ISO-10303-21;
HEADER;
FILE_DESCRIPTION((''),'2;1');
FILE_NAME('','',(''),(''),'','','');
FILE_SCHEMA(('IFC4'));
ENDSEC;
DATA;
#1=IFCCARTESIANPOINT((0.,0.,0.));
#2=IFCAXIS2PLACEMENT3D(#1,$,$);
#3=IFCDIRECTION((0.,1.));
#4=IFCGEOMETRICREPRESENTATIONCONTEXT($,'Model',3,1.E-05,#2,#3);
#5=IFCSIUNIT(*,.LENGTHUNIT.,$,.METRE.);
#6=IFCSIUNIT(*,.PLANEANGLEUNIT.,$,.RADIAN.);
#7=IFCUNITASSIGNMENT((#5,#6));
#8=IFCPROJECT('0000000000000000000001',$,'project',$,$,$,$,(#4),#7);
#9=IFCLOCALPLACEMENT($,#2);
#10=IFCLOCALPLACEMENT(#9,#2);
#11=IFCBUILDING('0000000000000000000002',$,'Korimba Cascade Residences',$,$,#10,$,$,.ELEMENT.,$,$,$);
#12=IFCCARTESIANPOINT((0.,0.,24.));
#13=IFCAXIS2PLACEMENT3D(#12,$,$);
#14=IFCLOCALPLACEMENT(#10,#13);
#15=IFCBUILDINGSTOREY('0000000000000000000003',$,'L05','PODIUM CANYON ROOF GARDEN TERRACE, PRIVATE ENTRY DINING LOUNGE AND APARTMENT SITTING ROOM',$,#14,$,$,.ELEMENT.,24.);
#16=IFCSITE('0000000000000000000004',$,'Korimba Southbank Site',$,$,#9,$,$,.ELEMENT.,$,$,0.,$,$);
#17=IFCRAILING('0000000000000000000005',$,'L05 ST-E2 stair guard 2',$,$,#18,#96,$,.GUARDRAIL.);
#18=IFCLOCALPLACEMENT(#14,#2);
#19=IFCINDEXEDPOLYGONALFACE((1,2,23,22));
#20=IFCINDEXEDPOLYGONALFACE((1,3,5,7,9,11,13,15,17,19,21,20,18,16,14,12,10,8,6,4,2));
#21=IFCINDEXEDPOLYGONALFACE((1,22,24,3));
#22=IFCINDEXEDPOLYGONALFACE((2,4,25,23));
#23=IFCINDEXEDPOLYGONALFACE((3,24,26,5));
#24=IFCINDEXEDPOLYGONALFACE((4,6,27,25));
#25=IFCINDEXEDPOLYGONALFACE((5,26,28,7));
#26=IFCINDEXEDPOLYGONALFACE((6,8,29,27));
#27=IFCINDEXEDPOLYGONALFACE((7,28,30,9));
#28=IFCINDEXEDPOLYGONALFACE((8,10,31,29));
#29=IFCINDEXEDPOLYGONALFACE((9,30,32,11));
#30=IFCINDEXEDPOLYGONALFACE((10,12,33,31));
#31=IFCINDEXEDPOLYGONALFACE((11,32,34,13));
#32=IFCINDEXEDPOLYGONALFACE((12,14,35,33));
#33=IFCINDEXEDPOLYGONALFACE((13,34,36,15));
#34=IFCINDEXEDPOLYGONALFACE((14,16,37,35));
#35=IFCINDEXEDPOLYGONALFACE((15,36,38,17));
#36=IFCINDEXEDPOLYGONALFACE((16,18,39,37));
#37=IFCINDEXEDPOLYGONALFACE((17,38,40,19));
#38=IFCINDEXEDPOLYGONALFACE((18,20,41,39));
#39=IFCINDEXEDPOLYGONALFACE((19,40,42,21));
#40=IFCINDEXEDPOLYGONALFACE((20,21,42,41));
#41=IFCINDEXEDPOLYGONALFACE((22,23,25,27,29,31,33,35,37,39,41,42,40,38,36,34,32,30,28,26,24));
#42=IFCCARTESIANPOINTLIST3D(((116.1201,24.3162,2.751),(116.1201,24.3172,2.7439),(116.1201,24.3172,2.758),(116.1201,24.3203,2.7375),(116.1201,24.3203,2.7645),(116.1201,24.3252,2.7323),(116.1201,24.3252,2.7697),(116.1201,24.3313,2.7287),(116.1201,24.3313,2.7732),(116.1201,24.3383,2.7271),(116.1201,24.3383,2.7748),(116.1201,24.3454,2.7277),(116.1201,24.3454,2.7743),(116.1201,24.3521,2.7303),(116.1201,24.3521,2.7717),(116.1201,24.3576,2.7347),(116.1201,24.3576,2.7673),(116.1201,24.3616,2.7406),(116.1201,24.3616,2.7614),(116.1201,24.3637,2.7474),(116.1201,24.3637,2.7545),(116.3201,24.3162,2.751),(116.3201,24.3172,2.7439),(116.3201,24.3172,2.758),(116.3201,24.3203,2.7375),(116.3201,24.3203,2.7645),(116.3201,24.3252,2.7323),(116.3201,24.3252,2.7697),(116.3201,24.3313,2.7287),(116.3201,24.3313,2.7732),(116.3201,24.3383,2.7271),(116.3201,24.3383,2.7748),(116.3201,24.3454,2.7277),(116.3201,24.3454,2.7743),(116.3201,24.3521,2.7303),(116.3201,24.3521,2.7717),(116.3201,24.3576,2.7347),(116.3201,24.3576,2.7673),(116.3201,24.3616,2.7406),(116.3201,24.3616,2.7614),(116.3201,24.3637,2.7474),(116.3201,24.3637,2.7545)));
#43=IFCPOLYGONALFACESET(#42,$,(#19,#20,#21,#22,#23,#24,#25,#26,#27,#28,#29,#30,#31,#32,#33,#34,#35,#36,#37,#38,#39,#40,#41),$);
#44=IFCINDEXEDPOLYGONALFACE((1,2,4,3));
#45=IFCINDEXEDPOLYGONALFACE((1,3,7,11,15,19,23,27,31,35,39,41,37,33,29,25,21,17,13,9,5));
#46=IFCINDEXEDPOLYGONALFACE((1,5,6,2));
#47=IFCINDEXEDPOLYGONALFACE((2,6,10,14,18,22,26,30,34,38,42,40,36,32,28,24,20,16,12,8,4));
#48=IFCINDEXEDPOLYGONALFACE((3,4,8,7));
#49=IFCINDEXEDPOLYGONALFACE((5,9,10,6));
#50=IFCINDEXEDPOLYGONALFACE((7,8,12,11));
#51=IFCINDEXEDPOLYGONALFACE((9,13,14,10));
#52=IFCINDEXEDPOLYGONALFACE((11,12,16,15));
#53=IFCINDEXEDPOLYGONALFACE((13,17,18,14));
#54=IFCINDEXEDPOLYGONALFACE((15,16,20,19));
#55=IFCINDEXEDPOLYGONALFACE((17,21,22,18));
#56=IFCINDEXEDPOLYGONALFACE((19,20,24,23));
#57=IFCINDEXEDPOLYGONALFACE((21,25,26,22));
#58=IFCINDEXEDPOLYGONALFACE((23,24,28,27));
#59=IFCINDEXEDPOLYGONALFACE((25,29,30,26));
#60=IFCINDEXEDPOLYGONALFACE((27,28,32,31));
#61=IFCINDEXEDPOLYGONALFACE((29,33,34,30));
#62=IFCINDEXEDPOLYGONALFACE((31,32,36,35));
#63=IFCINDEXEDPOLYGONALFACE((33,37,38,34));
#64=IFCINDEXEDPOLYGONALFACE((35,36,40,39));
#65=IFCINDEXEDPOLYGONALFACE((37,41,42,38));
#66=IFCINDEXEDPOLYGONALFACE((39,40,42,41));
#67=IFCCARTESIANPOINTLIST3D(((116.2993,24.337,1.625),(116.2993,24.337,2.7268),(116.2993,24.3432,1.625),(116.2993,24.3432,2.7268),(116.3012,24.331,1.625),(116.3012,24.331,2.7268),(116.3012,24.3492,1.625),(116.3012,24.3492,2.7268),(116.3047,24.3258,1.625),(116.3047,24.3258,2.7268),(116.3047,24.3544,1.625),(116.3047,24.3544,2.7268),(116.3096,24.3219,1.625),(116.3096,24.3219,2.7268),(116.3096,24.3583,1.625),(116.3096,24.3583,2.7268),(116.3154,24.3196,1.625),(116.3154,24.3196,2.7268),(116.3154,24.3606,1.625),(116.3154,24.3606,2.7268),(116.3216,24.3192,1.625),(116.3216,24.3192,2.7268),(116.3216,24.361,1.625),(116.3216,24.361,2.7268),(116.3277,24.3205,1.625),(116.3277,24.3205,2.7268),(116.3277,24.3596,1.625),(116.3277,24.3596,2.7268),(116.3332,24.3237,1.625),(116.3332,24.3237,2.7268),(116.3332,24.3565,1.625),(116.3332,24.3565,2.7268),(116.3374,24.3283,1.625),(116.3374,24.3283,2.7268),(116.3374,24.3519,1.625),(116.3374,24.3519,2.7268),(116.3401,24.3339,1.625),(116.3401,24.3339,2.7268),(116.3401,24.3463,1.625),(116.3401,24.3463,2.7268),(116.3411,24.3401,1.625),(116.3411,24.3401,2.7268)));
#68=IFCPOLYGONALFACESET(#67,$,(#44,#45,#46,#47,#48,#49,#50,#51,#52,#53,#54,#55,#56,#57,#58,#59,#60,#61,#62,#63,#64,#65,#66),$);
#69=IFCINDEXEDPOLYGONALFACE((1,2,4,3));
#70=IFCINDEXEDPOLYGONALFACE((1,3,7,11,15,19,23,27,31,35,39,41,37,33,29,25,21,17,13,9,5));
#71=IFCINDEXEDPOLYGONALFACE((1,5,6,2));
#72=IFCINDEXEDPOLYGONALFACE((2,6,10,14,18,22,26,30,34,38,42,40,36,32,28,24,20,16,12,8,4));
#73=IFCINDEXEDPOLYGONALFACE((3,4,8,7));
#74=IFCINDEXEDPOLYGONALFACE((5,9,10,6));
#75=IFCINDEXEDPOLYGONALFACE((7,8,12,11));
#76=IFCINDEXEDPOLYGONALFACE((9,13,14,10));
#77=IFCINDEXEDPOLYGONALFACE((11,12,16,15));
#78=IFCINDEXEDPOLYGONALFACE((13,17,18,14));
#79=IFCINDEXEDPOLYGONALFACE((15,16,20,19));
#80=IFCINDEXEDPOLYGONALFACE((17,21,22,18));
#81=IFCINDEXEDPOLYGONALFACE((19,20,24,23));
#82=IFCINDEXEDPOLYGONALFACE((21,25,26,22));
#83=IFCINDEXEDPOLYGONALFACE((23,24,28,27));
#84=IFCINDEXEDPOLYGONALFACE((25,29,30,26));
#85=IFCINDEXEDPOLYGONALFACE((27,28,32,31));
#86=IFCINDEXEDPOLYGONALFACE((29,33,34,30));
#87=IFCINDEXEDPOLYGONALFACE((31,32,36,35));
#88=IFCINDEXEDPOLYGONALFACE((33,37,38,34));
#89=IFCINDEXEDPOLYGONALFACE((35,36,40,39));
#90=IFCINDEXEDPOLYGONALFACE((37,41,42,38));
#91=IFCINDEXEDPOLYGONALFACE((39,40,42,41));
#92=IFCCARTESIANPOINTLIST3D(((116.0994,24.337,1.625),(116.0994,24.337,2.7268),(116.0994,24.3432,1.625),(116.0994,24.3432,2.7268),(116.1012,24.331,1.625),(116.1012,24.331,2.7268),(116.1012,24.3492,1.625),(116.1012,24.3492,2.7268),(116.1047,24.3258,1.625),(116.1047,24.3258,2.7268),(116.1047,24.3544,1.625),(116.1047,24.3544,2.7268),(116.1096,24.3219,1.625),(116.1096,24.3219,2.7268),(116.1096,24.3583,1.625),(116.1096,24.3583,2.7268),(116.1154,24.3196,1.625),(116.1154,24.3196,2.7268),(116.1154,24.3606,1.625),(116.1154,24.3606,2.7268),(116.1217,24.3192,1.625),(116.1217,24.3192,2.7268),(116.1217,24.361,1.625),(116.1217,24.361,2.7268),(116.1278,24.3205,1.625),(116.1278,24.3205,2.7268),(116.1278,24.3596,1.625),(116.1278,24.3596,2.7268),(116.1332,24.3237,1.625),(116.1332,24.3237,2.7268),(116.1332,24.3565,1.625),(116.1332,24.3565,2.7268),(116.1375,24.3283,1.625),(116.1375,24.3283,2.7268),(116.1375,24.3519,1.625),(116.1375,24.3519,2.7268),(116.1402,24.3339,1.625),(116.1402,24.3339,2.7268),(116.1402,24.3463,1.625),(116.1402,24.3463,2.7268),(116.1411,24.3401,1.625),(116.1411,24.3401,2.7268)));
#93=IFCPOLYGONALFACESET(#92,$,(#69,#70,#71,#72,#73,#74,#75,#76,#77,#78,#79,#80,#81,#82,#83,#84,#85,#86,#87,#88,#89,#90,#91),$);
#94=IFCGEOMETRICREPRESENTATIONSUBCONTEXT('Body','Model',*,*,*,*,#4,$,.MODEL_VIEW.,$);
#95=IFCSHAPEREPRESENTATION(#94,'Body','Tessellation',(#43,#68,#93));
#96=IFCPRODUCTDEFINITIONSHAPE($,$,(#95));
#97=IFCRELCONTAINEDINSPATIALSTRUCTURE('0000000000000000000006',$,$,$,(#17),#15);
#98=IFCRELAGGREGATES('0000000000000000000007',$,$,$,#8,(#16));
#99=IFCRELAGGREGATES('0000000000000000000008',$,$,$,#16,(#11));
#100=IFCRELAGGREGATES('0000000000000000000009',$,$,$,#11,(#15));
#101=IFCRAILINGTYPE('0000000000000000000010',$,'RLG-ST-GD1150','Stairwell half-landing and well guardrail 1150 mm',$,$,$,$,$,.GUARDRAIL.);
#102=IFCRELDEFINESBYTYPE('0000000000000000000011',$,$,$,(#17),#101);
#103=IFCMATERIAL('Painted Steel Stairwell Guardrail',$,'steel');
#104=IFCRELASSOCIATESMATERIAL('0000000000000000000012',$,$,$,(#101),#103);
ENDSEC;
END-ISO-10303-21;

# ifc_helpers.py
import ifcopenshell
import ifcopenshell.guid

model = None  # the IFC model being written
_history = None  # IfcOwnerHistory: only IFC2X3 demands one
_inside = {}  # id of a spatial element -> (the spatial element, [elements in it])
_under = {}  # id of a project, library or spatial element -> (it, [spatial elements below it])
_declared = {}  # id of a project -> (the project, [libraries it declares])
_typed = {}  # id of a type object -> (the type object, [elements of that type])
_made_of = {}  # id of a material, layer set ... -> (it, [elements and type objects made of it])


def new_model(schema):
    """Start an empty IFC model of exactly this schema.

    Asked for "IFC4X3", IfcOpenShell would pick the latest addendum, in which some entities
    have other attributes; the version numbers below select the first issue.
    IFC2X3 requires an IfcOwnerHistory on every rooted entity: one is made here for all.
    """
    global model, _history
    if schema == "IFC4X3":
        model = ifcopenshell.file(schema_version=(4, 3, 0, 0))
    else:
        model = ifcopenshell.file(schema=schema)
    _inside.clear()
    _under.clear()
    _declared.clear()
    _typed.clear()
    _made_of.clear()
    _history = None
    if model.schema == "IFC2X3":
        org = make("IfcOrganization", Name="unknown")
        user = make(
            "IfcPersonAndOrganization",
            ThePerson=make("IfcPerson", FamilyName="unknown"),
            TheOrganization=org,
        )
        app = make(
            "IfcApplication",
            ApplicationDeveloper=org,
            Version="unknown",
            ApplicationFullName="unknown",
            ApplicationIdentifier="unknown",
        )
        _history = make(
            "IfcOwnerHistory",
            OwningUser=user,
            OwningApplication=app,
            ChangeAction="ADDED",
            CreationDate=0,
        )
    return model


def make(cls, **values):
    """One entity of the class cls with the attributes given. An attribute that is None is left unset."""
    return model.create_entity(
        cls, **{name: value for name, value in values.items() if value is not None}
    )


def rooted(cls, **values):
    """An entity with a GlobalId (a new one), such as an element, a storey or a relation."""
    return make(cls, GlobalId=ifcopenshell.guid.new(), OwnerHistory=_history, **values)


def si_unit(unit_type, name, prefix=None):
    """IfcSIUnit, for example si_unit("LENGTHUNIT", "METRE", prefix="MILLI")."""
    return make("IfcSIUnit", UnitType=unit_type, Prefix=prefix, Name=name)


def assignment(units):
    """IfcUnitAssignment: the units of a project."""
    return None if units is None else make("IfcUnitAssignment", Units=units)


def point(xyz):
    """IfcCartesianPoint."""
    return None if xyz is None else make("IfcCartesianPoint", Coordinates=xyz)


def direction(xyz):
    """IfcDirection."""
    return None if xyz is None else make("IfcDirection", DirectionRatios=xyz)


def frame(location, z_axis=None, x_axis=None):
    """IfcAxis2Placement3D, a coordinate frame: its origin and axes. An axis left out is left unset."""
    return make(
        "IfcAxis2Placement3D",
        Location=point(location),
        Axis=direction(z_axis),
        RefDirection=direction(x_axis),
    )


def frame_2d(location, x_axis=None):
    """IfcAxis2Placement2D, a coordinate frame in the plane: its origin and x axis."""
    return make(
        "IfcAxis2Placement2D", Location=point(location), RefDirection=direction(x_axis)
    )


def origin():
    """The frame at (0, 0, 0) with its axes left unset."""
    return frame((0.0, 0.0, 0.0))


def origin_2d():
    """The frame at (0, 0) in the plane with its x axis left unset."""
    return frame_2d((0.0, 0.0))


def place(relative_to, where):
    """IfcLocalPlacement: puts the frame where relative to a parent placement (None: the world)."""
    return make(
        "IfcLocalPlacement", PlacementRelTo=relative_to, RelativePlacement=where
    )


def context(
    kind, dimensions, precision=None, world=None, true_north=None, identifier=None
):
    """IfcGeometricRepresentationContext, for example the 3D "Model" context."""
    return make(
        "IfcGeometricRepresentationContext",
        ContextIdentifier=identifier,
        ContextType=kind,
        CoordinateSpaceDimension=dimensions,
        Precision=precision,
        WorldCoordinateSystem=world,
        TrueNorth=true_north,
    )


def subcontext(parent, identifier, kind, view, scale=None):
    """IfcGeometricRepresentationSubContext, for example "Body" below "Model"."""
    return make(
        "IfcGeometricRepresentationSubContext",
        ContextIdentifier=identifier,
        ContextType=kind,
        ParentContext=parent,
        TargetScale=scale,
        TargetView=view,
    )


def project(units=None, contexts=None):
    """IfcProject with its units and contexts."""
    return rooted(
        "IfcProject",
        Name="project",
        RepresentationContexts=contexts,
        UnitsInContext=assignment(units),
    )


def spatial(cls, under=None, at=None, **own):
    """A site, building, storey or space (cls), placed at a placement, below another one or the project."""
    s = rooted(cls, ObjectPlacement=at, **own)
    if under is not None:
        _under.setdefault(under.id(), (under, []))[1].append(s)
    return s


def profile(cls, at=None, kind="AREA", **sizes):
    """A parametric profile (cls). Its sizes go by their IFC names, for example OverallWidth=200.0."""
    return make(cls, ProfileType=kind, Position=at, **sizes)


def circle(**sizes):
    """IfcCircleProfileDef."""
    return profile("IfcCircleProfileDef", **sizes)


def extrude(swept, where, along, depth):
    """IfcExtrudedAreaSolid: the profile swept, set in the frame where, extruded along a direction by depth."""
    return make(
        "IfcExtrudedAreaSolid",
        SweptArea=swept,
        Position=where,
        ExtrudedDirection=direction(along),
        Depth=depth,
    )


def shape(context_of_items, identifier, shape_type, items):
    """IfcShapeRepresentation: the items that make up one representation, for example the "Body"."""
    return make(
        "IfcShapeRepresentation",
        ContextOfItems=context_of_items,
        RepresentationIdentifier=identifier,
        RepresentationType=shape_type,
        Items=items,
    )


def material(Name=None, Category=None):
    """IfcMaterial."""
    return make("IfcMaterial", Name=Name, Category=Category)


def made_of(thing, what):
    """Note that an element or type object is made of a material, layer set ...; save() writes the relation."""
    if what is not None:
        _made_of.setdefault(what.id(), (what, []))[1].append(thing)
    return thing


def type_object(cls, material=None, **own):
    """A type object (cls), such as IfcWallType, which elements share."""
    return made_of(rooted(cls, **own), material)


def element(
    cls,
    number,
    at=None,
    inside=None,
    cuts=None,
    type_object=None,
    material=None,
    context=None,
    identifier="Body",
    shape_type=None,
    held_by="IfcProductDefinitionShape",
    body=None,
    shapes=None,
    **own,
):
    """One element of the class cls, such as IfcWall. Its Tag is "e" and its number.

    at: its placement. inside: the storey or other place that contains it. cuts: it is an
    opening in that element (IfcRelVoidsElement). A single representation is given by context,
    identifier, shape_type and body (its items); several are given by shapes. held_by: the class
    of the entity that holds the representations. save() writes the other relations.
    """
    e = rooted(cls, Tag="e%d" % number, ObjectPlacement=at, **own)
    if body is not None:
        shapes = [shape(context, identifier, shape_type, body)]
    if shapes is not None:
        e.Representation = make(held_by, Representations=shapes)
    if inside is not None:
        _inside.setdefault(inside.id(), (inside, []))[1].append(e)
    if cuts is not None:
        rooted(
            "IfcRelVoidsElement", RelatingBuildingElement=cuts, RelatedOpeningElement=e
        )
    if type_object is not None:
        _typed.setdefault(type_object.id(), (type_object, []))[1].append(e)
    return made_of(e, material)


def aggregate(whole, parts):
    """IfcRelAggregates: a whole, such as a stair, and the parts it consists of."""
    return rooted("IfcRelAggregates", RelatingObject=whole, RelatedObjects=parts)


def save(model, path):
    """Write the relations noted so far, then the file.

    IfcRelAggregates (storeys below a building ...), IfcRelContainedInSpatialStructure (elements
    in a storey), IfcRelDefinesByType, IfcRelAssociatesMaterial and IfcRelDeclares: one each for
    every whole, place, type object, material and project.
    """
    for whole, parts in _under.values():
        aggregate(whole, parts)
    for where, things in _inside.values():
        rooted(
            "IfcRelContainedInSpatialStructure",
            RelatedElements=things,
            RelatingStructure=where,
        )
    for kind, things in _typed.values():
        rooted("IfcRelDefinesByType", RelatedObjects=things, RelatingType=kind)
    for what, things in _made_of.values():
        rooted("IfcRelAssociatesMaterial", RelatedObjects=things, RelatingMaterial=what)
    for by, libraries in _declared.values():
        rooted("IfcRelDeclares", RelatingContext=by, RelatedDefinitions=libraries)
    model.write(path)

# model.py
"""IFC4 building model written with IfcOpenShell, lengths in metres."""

from ifc_helpers import new_model, si_unit, direction, frame, origin, origin_2d, place, context, subcontext, project, spatial, circle, extrude, material, type_object, element, save


model = new_model("IFC4")

# Units and contexts
model_context = context("Model", 3, precision=1e-05, world=origin(), true_north=direction((0.0, 1.0)))
body_context = subcontext(model_context, "Body", "Model", "MODEL_VIEW")
ifc_project = project(units=[si_unit("LENGTHUNIT", "METRE"), si_unit("PLANEANGLEUNIT", "RADIAN")], contexts=[model_context])

# Site, building, storey
site_placement = place(None, origin())
site = spatial("IfcSite", under=ifc_project, at=site_placement, Name="Korimba Southbank Site", CompositionType="ELEMENT", RefElevation=0.0)
building_placement = place(site_placement, origin())
building = spatial("IfcBuilding", under=site, at=building_placement, Name="Korimba Cascade Residences", CompositionType="ELEMENT")
storey_placement = place(building_placement, frame((0.0, 0.0, 24.0)))
storey = spatial("IfcBuildingStorey", under=building, at=storey_placement, Name="L05", Description="PODIUM CANYON ROOF GARDEN TERRACE, PRIVATE ENTRY DINING LOUNGE AND APARTMENT SITTING ROOM", CompositionType="ELEMENT", Elevation=24.0)

# Railing
ifc_material_1 = material(Name="Painted Steel Stairwell Guardrail", Category="steel")
railing_type_1 = type_object("IfcRailingType", Name="RLG-ST-GD1150", Description="Stairwell half-landing and well guardrail 1150 mm", PredefinedType="GUARDRAIL", material=ifc_material_1)
railing_1_placement = place(storey_placement, frame((116.3201, 24.3401, 1.625)))
element("IfcRailing", 1, at=railing_1_placement, inside=storey, type_object=railing_type_1, Name="L05 ST-E2 stair guard 2", PredefinedType="GUARDRAIL", context=body_context, shape_type="SweptSolid", body=[
    extrude(circle(Radius=0.0239, at=origin_2d()), frame((0.0, 0.0, 1.126), z_axis=(-1.0, 0.0, 0.0), x_axis=(0.0, -1.0, 0.0)), (0.0, 0.0, 1.0), 0.2),
    extrude(circle(Radius=0.021, at=origin_2d()), origin(), (0.0, 0.0, 1.0), 1.1018),
    extrude(circle(Radius=0.021, at=origin_2d()), frame((-0.2, 0.0, 0.0)), (0.0, 0.0, 1.0), 1.1018),
])

save(model, "model.ifc")
